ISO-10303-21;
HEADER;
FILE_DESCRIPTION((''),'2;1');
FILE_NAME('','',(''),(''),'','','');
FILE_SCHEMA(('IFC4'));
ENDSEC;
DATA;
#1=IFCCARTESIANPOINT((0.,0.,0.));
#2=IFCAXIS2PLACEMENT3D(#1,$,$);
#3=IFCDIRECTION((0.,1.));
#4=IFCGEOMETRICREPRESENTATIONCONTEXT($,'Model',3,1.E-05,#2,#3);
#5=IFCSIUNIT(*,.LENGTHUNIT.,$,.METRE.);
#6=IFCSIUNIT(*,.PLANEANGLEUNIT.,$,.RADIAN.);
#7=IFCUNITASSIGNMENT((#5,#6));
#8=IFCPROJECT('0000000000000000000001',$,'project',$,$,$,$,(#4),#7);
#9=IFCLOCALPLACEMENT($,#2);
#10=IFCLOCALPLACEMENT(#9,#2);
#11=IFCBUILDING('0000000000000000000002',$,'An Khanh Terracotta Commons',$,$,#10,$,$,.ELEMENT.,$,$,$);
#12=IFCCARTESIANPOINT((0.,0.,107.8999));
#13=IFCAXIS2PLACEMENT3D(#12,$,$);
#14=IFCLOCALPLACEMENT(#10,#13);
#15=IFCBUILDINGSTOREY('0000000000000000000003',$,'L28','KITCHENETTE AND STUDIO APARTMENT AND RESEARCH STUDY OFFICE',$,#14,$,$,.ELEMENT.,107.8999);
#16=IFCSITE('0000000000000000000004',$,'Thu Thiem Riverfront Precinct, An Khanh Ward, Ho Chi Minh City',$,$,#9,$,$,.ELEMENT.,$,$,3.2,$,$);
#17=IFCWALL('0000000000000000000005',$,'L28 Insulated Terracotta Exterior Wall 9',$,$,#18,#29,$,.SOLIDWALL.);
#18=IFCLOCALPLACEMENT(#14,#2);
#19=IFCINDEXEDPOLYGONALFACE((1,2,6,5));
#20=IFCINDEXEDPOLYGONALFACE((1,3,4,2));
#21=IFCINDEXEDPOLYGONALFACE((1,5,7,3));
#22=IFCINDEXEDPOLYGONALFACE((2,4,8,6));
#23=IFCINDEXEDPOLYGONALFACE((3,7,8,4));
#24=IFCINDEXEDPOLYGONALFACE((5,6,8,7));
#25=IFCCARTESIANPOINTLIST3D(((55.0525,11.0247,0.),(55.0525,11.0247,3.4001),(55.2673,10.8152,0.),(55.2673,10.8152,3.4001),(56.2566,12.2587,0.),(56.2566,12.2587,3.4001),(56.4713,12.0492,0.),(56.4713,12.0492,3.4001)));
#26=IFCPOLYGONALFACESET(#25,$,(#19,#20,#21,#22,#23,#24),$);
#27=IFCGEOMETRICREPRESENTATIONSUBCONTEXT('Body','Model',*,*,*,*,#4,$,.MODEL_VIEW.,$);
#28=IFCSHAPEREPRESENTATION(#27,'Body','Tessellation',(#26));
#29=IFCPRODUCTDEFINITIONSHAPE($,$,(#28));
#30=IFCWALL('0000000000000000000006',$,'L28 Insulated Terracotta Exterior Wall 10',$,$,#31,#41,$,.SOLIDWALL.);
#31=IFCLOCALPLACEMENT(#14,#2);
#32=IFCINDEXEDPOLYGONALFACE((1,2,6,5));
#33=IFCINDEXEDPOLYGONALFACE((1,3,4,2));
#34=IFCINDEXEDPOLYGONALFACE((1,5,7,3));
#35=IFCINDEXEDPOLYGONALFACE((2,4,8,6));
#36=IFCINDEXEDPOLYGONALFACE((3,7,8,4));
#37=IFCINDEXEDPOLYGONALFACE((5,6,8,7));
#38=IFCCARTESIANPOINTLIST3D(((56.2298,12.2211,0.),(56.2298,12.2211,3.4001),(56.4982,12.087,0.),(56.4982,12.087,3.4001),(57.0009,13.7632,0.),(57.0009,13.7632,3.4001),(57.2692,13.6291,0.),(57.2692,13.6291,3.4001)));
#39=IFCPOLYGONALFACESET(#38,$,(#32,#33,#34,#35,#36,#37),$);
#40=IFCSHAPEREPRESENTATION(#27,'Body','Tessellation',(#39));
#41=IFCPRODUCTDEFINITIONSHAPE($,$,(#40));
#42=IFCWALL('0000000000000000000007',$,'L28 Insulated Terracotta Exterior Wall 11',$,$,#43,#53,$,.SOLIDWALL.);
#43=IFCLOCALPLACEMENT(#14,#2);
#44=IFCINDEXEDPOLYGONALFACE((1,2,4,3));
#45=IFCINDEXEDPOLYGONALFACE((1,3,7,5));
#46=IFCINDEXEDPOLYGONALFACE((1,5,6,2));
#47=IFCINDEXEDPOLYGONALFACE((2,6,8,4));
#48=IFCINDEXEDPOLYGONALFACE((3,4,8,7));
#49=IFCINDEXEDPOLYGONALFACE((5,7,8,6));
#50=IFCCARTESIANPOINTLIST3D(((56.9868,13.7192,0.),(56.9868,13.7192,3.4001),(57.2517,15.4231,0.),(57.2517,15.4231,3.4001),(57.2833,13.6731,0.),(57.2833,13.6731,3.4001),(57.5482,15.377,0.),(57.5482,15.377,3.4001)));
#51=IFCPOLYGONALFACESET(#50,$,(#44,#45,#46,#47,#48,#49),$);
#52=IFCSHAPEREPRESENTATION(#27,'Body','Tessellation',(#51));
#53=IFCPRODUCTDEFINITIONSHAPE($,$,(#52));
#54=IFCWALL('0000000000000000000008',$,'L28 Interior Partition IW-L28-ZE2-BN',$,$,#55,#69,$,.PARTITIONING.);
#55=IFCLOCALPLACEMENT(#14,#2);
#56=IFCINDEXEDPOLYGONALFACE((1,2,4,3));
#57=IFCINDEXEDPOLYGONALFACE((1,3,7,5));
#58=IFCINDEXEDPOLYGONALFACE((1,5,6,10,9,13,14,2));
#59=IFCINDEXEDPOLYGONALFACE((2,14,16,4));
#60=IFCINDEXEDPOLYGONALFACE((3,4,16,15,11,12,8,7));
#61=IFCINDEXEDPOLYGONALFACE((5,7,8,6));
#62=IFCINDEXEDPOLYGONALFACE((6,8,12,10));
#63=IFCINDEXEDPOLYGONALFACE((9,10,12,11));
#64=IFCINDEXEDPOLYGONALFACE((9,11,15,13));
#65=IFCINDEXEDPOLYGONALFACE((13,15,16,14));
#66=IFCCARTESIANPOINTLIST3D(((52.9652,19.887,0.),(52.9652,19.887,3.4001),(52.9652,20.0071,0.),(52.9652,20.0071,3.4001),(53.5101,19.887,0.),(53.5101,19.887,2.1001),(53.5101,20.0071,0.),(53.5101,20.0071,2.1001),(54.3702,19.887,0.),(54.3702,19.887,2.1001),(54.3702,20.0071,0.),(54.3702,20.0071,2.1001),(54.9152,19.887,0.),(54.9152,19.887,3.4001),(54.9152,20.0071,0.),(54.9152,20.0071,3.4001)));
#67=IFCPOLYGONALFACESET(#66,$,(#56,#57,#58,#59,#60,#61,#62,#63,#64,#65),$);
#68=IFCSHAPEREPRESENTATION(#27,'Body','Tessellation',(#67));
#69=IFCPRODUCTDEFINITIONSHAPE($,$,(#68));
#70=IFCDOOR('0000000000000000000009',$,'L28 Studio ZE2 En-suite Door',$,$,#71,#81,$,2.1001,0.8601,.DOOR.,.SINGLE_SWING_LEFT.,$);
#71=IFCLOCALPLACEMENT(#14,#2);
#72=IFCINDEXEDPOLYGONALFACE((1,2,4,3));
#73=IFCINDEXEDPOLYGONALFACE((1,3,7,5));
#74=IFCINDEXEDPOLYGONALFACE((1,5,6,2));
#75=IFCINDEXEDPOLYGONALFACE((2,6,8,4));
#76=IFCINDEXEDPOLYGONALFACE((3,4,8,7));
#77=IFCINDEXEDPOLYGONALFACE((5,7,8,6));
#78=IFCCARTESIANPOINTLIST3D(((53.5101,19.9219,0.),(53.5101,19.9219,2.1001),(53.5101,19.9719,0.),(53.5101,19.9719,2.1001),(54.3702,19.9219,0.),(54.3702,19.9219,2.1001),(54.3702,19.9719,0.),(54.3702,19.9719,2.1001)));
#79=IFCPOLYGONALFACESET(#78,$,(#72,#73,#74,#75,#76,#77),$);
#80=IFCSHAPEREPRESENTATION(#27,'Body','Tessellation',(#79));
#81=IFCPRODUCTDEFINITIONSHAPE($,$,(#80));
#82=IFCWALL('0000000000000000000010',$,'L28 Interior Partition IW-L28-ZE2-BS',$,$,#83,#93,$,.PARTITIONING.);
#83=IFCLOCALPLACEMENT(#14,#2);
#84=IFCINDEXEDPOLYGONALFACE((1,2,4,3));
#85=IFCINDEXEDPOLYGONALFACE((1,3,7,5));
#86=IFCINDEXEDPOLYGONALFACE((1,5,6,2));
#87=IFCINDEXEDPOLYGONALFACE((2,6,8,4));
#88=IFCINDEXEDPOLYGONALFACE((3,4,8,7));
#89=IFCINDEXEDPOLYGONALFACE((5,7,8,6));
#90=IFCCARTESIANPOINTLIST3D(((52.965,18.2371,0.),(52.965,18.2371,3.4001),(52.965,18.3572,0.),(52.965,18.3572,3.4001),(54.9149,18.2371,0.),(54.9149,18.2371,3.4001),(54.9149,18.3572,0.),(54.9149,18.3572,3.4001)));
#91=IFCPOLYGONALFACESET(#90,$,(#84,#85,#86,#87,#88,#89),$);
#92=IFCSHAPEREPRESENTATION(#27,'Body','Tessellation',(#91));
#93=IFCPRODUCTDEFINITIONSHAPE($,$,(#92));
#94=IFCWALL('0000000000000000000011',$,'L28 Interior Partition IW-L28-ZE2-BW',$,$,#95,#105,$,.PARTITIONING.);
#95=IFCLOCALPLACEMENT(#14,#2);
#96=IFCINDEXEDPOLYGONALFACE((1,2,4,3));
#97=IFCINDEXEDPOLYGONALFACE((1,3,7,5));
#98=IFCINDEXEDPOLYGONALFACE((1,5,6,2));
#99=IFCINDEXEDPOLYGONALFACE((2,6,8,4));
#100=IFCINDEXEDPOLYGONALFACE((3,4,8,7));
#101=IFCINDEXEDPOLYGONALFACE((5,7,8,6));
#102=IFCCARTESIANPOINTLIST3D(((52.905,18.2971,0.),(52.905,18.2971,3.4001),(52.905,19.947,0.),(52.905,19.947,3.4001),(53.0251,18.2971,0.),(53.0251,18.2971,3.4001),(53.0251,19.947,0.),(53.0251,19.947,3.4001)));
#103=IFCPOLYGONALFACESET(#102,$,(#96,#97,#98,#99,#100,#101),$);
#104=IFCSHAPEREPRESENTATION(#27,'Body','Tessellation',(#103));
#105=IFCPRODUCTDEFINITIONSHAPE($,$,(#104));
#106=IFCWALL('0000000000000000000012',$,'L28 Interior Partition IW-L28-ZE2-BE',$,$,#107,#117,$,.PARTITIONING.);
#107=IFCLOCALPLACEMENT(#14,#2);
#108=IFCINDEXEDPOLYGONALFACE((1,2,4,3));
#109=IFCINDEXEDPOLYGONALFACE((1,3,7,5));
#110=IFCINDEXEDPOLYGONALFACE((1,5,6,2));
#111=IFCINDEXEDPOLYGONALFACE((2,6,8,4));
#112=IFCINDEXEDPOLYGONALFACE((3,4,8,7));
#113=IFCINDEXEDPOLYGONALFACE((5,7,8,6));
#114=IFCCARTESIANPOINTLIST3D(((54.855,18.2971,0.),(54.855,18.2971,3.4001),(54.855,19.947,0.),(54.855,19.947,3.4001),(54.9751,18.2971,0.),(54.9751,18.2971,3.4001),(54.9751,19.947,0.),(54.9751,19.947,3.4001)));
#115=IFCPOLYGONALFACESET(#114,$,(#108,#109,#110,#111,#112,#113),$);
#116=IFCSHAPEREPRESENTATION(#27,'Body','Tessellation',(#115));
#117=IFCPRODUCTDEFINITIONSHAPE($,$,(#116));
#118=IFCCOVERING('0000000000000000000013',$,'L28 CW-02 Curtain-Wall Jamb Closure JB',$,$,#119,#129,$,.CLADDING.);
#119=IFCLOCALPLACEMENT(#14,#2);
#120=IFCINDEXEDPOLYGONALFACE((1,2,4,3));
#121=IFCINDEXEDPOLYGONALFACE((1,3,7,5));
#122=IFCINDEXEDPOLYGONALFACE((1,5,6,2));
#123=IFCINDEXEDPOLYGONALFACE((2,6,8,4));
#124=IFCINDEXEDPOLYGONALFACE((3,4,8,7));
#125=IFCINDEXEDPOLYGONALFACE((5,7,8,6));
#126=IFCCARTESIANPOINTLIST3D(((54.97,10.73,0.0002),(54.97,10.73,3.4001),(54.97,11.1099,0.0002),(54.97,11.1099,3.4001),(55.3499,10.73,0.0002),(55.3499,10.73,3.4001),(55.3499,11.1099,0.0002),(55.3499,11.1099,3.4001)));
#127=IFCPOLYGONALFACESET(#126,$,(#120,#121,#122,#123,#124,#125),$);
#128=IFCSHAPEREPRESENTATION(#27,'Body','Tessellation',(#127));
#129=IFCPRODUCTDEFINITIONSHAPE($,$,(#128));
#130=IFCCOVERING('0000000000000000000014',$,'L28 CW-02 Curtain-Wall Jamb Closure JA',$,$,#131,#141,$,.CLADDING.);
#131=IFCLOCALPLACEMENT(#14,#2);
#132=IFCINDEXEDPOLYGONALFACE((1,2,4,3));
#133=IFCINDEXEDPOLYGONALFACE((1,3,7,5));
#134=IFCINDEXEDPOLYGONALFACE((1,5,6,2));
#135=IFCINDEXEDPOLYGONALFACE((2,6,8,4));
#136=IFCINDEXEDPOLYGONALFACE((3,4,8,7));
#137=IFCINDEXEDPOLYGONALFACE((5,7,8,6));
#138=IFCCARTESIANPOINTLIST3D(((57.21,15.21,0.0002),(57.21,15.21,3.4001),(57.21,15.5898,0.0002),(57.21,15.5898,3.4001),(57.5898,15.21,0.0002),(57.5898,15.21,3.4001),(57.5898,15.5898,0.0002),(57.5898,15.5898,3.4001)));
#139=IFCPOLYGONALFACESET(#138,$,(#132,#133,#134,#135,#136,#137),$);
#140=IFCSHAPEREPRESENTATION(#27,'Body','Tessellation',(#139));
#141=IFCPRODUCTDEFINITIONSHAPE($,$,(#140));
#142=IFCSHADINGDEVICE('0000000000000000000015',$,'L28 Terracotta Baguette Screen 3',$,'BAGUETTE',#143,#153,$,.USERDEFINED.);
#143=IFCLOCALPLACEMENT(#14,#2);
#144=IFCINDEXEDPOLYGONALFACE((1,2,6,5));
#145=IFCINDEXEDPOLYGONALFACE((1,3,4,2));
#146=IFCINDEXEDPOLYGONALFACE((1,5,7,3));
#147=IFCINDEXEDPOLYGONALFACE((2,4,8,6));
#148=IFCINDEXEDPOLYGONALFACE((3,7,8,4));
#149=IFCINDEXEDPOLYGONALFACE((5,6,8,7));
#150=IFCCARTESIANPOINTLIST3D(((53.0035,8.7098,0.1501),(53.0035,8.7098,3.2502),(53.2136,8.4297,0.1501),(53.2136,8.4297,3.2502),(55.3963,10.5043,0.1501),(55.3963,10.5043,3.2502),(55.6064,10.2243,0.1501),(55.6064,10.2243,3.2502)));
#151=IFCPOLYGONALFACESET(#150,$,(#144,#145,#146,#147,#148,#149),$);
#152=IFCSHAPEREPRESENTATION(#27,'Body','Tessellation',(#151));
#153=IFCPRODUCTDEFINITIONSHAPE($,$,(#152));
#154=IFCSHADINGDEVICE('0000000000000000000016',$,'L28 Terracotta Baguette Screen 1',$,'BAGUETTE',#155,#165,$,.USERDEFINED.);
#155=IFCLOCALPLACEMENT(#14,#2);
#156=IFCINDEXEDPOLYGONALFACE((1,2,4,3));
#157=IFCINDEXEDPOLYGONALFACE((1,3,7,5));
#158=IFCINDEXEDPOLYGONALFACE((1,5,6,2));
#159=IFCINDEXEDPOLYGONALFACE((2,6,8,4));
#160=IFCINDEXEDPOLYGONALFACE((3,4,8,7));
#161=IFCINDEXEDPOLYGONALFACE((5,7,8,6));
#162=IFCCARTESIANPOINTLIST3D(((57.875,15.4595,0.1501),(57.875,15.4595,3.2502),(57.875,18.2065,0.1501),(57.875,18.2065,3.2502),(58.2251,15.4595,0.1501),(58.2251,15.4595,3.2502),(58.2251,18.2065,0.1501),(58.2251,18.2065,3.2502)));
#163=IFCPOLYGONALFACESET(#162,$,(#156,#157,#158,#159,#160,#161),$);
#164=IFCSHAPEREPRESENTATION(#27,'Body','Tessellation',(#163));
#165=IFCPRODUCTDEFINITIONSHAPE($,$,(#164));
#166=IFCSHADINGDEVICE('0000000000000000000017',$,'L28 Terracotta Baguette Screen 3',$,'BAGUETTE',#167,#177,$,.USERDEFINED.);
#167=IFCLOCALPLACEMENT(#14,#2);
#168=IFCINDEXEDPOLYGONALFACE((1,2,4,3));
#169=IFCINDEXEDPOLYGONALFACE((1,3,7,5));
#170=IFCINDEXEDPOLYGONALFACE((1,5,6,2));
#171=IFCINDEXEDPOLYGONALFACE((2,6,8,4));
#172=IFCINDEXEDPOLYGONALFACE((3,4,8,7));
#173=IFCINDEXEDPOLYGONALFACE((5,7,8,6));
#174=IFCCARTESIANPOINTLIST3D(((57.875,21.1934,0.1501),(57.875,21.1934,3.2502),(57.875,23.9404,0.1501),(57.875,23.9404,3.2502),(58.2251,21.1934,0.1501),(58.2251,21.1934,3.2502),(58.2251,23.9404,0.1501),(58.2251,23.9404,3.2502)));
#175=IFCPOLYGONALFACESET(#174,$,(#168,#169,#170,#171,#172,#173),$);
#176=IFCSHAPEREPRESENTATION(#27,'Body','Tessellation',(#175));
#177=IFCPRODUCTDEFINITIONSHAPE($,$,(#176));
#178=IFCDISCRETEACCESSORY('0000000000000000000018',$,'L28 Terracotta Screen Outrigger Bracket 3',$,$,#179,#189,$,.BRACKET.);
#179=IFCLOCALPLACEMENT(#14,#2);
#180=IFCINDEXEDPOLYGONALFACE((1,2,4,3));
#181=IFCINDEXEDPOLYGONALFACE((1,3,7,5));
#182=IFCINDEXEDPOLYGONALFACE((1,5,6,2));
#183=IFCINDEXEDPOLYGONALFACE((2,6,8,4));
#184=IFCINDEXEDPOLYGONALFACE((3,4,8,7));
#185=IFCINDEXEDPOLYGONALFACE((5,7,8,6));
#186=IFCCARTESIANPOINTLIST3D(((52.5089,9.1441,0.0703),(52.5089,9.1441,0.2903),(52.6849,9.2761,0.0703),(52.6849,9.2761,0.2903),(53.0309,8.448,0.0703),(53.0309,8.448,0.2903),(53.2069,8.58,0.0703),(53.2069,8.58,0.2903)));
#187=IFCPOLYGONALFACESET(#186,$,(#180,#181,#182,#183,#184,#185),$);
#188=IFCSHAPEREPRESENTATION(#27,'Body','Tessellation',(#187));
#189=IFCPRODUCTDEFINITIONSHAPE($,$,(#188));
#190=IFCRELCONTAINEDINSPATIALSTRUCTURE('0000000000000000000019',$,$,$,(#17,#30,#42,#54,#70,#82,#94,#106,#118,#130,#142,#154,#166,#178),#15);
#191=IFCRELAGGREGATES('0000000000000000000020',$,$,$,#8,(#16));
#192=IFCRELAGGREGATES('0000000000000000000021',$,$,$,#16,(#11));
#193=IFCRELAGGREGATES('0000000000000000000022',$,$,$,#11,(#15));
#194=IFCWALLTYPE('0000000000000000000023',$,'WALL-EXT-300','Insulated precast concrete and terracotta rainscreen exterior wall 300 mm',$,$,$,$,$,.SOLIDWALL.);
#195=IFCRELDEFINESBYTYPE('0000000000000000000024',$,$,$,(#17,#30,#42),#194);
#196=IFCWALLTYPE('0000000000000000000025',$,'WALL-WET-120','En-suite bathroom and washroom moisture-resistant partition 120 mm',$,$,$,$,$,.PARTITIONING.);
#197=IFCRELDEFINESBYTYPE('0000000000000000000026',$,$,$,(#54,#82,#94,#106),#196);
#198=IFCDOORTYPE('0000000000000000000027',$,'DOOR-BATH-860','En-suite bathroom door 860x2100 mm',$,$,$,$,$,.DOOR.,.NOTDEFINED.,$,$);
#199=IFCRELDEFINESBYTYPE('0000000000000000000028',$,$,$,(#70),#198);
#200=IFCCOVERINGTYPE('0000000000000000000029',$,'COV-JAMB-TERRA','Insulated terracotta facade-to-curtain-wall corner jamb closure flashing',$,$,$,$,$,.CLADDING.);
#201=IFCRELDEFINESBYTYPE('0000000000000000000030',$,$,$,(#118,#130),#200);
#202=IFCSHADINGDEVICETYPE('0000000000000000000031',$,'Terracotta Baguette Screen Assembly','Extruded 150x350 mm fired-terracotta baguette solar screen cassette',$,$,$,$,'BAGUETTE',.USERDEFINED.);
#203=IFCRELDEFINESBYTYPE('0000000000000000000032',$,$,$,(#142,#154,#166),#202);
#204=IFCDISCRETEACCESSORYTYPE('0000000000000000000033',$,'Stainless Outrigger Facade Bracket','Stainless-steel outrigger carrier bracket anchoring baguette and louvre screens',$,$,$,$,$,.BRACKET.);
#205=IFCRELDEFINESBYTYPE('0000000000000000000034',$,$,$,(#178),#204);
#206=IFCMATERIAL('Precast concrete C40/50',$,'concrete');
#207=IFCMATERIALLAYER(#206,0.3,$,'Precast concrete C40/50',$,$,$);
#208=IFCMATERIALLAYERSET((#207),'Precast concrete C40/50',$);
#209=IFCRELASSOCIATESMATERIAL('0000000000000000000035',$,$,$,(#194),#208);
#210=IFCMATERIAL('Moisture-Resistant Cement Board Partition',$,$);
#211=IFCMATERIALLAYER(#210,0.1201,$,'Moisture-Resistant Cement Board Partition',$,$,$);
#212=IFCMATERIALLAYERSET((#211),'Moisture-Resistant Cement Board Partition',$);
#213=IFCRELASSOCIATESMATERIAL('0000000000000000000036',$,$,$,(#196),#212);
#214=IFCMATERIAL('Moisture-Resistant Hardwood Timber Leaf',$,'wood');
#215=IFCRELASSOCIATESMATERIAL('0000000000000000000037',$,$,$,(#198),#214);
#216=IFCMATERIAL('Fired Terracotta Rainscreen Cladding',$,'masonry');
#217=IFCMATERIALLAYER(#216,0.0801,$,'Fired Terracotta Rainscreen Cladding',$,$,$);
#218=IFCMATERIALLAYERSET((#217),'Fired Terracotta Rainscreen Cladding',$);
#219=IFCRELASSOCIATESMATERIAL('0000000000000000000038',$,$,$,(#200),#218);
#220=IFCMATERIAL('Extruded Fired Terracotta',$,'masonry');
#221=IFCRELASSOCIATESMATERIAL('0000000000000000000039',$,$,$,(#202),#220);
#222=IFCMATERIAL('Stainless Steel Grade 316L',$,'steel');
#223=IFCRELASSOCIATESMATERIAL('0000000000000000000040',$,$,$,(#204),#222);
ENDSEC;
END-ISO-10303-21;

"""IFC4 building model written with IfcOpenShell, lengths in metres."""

from ifc_helpers import new_model, si_unit, direction, frame, frame_2d, origin, origin_2d, place, context, subcontext, project, spatial, rectangle, extrude, material, layer, layer_set, type_object, element, fill, save


model = new_model("IFC4")

# Units and contexts
model_context = context("Model", 3, precision=1e-05, world=origin(), true_north=direction((0.0, 1.0)))
body_context = subcontext(model_context, "Body", "Model", "MODEL_VIEW")
ifc_project = project(units=[si_unit("LENGTHUNIT", "METRE"), si_unit("PLANEANGLEUNIT", "RADIAN")], contexts=[model_context])

# Site, building, storey
site_placement = place(None, origin())
site = spatial("IfcSite", under=ifc_project, at=site_placement, Name="Thu Thiem Riverfront Precinct, An Khanh Ward, Ho Chi Minh City", CompositionType="ELEMENT", RefElevation=3.2)
building_placement = place(site_placement, origin())
building = spatial("IfcBuilding", under=site, at=building_placement, Name="An Khanh Terracotta Commons", CompositionType="ELEMENT")
storey_placement = place(building_placement, frame((0.0, 0.0, 107.8999)))
storey = spatial("IfcBuildingStorey", under=building, at=storey_placement, Name="L28", Description="KITCHENETTE AND STUDIO APARTMENT AND RESEARCH STUDY OFFICE", CompositionType="ELEMENT", Elevation=107.8999)

# Walls
ifc_material_1 = material(Name="Precast concrete C40/50", Category="concrete")
ifc_layer_1 = layer(ifc_material_1, 0.3, Name="Precast concrete C40/50")
ifc_layer_set_1 = layer_set([ifc_layer_1], Name="Precast concrete C40/50")
wall_type_1 = type_object("IfcWallType", Name="WALL-EXT-300", Description="Insulated precast concrete and terracotta rainscreen exterior wall 300 mm", PredefinedType="SOLIDWALL", material=ifc_layer_set_1)
for number, where, z_axis, x_axis, name in (
    (1, (55.1599, 10.9199, 0.0), (0.0, 0.0, 1.0), (0.698345, 0.715761, 0.0), "L28 Insulated Terracotta Exterior Wall 9"),
    (2, (56.364, 12.1541, 0.0), (0.0, 0.0, 1.0), (0.447214, 0.894427, 0.0), "L28 Insulated Terracotta Exterior Wall 10"),
):
    element("IfcWall", number, at=place(storey_placement, frame(where, z_axis=z_axis, x_axis=x_axis)), inside=storey, type_object=wall_type_1, Name=name, PredefinedType="SOLIDWALL", context=body_context, shape_type="SweptSolid", body=[
        extrude(rectangle(XDim=1.7241, YDim=0.3, at=frame_2d((0.8621, 0.0))), origin(), (0.0, 0.0, 1.0), 3.4001),
    ])
wall_1_placement = place(storey_placement, frame((57.135, 13.696, 0.0), z_axis=(0.0, 0.0, 1.0), x_axis=(0.153621, 0.98813, 0.0)))
element("IfcWall", 3, at=wall_1_placement, inside=storey, type_object=wall_type_1, Name="L28 Insulated Terracotta Exterior Wall 11", PredefinedType="SOLIDWALL", context=body_context, shape_type="SweptSolid", body=[
    extrude(rectangle(XDim=1.7244, YDim=0.3, at=frame_2d((0.8623, 0.0))), origin(), (0.0, 0.0, 1.0), 3.4001),
])

# Wall, opening, door
ifc_material_2 = material(Name="Moisture-Resistant Cement Board Partition")
ifc_layer_2 = layer(ifc_material_2, 0.1201, Name="Moisture-Resistant Cement Board Partition")
ifc_layer_set_2 = layer_set([ifc_layer_2], Name="Moisture-Resistant Cement Board Partition")
wall_type_2 = type_object("IfcWallType", Name="WALL-WET-120", Description="En-suite bathroom and washroom moisture-resistant partition 120 mm", PredefinedType="PARTITIONING", material=ifc_layer_set_2)
wall_2_placement = place(storey_placement, frame((52.9651, 19.947, 0.0), z_axis=(0.0, 0.0, 1.0), x_axis=(1.0, 0.0, 0.0)))
wall_2 = element("IfcWall", 4, at=wall_2_placement, inside=storey, type_object=wall_type_2, Name="L28 Interior Partition IW-L28-ZE2-BN", PredefinedType="PARTITIONING", context=body_context, shape_type="SweptSolid", body=[
    extrude(rectangle(XDim=1.95, YDim=0.1201, at=frame_2d((0.9751, 0.0))), origin(), (0.0, 0.0, 1.0), 3.4001),
])
opening_placement = place(wall_2_placement, frame((0.5449, 0.0, 0.0)))
opening = element("IfcOpeningElement", 5, at=opening_placement, cuts=wall_2, PredefinedType="OPENING", context=body_context, shape_type="SweptSolid", body=[
    extrude(rectangle(XDim=0.8601, YDim=2.1001, at=frame_2d((0.4302, 1.05))), frame((0.0, 0.0701, 0.0), z_axis=(0.0, -1.0, 0.0), x_axis=(1.0, 0.0, 0.0)), (0.0, 0.0, 1.0), 0.1401),
])
ifc_material_3 = material(Name="Moisture-Resistant Hardwood Timber Leaf", Category="wood")
door_type = type_object("IfcDoorType", Name="DOOR-BATH-860", Description="En-suite bathroom door 860x2100 mm", OperationType="NOTDEFINED", PredefinedType="DOOR", material=ifc_material_3)
door_placement = place(opening_placement, origin())
door = element("IfcDoor", 6, at=door_placement, inside=storey, type_object=door_type, Name="L28 Studio ZE2 En-suite Door", OperationType="SINGLE_SWING_LEFT", OverallHeight=2.1001, OverallWidth=0.8601, PredefinedType="DOOR", context=body_context, shape_type="SweptSolid", body=[
    extrude(rectangle(XDim=0.8601, YDim=2.1001, at=frame_2d((0.4302, 1.05))), frame((0.0, 0.0249, 0.0), z_axis=(0.0, -1.0, 0.0), x_axis=(1.0, 0.0, 0.0)), (0.0, 0.0, 1.0), 0.05),
])
fill(opening, door)

# Walls
wall_3_placement = place(storey_placement, frame((54.915, 18.2971, 0.0), z_axis=(0.0, 0.0, 1.0), x_axis=(-1.0, 0.0, 0.0)))
element("IfcWall", 7, at=wall_3_placement, inside=storey, type_object=wall_type_2, Name="L28 Interior Partition IW-L28-ZE2-BS", PredefinedType="PARTITIONING", context=body_context, shape_type="SweptSolid", body=[
    extrude(rectangle(XDim=1.95, YDim=0.1201, at=frame_2d((0.9751, 0.0))), origin(), (0.0, 0.0, 1.0), 3.4001),
])
for number, where, z_axis, x_axis, name in (
    (8, (52.9651, 19.947, 0.0), (0.0, 0.0, 1.0), (0.0, -1.0, 0.0), "L28 Interior Partition IW-L28-ZE2-BW"),
    (9, (54.915, 18.2971, 0.0), (0.0, 0.0, 1.0), (0.0, 1.0, 0.0), "L28 Interior Partition IW-L28-ZE2-BE"),
):
    element("IfcWall", number, at=place(storey_placement, frame(where, z_axis=z_axis, x_axis=x_axis)), inside=storey, type_object=wall_type_2, Name=name, PredefinedType="PARTITIONING", context=body_context, shape_type="SweptSolid", body=[
        extrude(rectangle(XDim=1.6499, YDim=0.1201, at=frame_2d((0.825, 0.0))), origin(), (0.0, 0.0, 1.0), 3.4001),
    ])

# Coverings
ifc_material_4 = material(Name="Fired Terracotta Rainscreen Cladding", Category="masonry")
ifc_layer_3 = layer(ifc_material_4, 0.0801, Name="Fired Terracotta Rainscreen Cladding")
ifc_layer_set_3 = layer_set([ifc_layer_3], Name="Fired Terracotta Rainscreen Cladding")
covering_type = type_object("IfcCoveringType", Name="COV-JAMB-TERRA", Description="Insulated terracotta facade-to-curtain-wall corner jamb closure flashing", PredefinedType="CLADDING", material=ifc_layer_set_3)
for number, where, z_axis, x_axis, name in (
    (10, (55.1599, 10.9199, 0.0002), (0.0, 0.0, 1.0), (1.0, 0.0, 0.0), "L28 CW-02 Curtain-Wall Jamb Closure JB"),
    (11, (57.3999, 15.3999, 0.0002), (0.0, 0.0, 1.0), (1.0, 0.0, 0.0), "L28 CW-02 Curtain-Wall Jamb Closure JA"),
):
    element("IfcCovering", number, at=place(storey_placement, frame(where, z_axis=z_axis, x_axis=x_axis)), inside=storey, type_object=covering_type, Name=name, PredefinedType="CLADDING", context=body_context, shape_type="SweptSolid", body=[
        extrude(rectangle(XDim=0.3799, YDim=0.3799, at=origin_2d()), origin(), (0.0, 0.0, 1.0), 3.3999),
    ])

# Shading devices
ifc_material_5 = material(Name="Extruded Fired Terracotta", Category="masonry")
shading_device_type = type_object("IfcShadingDeviceType", Name="Terracotta Baguette Screen Assembly", Description="Extruded 150x350 mm fired-terracotta baguette solar screen cassette", ElementType="BAGUETTE", PredefinedType="USERDEFINED", material=ifc_material_5)
shading_device_placement = place(storey_placement, frame((54.3049, 9.467, 0.1501), z_axis=(0.0, 0.0, 1.0), x_axis=(0.800013, 0.599983, 0.0)))
element("IfcShadingDevice", 12, at=shading_device_placement, inside=storey, type_object=shading_device_type, Name="L28 Terracotta Baguette Screen 3", ObjectType="BAGUETTE", PredefinedType="USERDEFINED", context=body_context, shape_type="SweptSolid", body=[
    extrude(rectangle(XDim=2.991, YDim=0.3501, at=origin_2d()), origin(), (0.0, 0.0, 1.0), 3.1001),
])
for number, where, z_axis, x_axis, name in (
    (13, (58.05, 16.833, 0.1501), (0.0, 0.0, 1.0), (0.0, 1.0, 0.0), "L28 Terracotta Baguette Screen 1"),
    (14, (58.05, 22.5669, 0.1501), (0.0, 0.0, 1.0), (0.0, 1.0, 0.0), "L28 Terracotta Baguette Screen 3"),
):
    element("IfcShadingDevice", number, at=place(storey_placement, frame(where, z_axis=z_axis, x_axis=x_axis)), inside=storey, type_object=shading_device_type, Name=name, ObjectType="BAGUETTE", PredefinedType="USERDEFINED", context=body_context, shape_type="SweptSolid", body=[
        extrude(rectangle(XDim=2.7471, YDim=0.3501, at=origin_2d()), origin(), (0.0, 0.0, 1.0), 3.1001),
    ])

# Discrete accessory
ifc_material_6 = material(Name="Stainless Steel Grade 316L", Category="steel")
discrete_accessory_type = type_object("IfcDiscreteAccessoryType", Name="Stainless Outrigger Facade Bracket", Description="Stainless-steel outrigger carrier bracket anchoring baguette and louvre screens", PredefinedType="BRACKET", material=ifc_material_6)
for number, where, z_axis, x_axis, name in (
    (15, (52.8579, 8.8621, 0.0703), (0.0, 0.0, 1.0), (0.800013, 0.599983, 0.0), "L28 Terracotta Screen Outrigger Bracket 3"),
):
    element("IfcDiscreteAccessory", number, at=place(storey_placement, frame(where, z_axis=z_axis, x_axis=x_axis)), inside=storey, type_object=discrete_accessory_type, Name=name, PredefinedType="BRACKET", context=body_context, shape_type="SweptSolid", body=[
        extrude(rectangle(XDim=0.22, YDim=0.8701, at=origin_2d()), origin(), (0.0, 0.0, 1.0), 0.22),
    ])

save(model, "model.ifc")
